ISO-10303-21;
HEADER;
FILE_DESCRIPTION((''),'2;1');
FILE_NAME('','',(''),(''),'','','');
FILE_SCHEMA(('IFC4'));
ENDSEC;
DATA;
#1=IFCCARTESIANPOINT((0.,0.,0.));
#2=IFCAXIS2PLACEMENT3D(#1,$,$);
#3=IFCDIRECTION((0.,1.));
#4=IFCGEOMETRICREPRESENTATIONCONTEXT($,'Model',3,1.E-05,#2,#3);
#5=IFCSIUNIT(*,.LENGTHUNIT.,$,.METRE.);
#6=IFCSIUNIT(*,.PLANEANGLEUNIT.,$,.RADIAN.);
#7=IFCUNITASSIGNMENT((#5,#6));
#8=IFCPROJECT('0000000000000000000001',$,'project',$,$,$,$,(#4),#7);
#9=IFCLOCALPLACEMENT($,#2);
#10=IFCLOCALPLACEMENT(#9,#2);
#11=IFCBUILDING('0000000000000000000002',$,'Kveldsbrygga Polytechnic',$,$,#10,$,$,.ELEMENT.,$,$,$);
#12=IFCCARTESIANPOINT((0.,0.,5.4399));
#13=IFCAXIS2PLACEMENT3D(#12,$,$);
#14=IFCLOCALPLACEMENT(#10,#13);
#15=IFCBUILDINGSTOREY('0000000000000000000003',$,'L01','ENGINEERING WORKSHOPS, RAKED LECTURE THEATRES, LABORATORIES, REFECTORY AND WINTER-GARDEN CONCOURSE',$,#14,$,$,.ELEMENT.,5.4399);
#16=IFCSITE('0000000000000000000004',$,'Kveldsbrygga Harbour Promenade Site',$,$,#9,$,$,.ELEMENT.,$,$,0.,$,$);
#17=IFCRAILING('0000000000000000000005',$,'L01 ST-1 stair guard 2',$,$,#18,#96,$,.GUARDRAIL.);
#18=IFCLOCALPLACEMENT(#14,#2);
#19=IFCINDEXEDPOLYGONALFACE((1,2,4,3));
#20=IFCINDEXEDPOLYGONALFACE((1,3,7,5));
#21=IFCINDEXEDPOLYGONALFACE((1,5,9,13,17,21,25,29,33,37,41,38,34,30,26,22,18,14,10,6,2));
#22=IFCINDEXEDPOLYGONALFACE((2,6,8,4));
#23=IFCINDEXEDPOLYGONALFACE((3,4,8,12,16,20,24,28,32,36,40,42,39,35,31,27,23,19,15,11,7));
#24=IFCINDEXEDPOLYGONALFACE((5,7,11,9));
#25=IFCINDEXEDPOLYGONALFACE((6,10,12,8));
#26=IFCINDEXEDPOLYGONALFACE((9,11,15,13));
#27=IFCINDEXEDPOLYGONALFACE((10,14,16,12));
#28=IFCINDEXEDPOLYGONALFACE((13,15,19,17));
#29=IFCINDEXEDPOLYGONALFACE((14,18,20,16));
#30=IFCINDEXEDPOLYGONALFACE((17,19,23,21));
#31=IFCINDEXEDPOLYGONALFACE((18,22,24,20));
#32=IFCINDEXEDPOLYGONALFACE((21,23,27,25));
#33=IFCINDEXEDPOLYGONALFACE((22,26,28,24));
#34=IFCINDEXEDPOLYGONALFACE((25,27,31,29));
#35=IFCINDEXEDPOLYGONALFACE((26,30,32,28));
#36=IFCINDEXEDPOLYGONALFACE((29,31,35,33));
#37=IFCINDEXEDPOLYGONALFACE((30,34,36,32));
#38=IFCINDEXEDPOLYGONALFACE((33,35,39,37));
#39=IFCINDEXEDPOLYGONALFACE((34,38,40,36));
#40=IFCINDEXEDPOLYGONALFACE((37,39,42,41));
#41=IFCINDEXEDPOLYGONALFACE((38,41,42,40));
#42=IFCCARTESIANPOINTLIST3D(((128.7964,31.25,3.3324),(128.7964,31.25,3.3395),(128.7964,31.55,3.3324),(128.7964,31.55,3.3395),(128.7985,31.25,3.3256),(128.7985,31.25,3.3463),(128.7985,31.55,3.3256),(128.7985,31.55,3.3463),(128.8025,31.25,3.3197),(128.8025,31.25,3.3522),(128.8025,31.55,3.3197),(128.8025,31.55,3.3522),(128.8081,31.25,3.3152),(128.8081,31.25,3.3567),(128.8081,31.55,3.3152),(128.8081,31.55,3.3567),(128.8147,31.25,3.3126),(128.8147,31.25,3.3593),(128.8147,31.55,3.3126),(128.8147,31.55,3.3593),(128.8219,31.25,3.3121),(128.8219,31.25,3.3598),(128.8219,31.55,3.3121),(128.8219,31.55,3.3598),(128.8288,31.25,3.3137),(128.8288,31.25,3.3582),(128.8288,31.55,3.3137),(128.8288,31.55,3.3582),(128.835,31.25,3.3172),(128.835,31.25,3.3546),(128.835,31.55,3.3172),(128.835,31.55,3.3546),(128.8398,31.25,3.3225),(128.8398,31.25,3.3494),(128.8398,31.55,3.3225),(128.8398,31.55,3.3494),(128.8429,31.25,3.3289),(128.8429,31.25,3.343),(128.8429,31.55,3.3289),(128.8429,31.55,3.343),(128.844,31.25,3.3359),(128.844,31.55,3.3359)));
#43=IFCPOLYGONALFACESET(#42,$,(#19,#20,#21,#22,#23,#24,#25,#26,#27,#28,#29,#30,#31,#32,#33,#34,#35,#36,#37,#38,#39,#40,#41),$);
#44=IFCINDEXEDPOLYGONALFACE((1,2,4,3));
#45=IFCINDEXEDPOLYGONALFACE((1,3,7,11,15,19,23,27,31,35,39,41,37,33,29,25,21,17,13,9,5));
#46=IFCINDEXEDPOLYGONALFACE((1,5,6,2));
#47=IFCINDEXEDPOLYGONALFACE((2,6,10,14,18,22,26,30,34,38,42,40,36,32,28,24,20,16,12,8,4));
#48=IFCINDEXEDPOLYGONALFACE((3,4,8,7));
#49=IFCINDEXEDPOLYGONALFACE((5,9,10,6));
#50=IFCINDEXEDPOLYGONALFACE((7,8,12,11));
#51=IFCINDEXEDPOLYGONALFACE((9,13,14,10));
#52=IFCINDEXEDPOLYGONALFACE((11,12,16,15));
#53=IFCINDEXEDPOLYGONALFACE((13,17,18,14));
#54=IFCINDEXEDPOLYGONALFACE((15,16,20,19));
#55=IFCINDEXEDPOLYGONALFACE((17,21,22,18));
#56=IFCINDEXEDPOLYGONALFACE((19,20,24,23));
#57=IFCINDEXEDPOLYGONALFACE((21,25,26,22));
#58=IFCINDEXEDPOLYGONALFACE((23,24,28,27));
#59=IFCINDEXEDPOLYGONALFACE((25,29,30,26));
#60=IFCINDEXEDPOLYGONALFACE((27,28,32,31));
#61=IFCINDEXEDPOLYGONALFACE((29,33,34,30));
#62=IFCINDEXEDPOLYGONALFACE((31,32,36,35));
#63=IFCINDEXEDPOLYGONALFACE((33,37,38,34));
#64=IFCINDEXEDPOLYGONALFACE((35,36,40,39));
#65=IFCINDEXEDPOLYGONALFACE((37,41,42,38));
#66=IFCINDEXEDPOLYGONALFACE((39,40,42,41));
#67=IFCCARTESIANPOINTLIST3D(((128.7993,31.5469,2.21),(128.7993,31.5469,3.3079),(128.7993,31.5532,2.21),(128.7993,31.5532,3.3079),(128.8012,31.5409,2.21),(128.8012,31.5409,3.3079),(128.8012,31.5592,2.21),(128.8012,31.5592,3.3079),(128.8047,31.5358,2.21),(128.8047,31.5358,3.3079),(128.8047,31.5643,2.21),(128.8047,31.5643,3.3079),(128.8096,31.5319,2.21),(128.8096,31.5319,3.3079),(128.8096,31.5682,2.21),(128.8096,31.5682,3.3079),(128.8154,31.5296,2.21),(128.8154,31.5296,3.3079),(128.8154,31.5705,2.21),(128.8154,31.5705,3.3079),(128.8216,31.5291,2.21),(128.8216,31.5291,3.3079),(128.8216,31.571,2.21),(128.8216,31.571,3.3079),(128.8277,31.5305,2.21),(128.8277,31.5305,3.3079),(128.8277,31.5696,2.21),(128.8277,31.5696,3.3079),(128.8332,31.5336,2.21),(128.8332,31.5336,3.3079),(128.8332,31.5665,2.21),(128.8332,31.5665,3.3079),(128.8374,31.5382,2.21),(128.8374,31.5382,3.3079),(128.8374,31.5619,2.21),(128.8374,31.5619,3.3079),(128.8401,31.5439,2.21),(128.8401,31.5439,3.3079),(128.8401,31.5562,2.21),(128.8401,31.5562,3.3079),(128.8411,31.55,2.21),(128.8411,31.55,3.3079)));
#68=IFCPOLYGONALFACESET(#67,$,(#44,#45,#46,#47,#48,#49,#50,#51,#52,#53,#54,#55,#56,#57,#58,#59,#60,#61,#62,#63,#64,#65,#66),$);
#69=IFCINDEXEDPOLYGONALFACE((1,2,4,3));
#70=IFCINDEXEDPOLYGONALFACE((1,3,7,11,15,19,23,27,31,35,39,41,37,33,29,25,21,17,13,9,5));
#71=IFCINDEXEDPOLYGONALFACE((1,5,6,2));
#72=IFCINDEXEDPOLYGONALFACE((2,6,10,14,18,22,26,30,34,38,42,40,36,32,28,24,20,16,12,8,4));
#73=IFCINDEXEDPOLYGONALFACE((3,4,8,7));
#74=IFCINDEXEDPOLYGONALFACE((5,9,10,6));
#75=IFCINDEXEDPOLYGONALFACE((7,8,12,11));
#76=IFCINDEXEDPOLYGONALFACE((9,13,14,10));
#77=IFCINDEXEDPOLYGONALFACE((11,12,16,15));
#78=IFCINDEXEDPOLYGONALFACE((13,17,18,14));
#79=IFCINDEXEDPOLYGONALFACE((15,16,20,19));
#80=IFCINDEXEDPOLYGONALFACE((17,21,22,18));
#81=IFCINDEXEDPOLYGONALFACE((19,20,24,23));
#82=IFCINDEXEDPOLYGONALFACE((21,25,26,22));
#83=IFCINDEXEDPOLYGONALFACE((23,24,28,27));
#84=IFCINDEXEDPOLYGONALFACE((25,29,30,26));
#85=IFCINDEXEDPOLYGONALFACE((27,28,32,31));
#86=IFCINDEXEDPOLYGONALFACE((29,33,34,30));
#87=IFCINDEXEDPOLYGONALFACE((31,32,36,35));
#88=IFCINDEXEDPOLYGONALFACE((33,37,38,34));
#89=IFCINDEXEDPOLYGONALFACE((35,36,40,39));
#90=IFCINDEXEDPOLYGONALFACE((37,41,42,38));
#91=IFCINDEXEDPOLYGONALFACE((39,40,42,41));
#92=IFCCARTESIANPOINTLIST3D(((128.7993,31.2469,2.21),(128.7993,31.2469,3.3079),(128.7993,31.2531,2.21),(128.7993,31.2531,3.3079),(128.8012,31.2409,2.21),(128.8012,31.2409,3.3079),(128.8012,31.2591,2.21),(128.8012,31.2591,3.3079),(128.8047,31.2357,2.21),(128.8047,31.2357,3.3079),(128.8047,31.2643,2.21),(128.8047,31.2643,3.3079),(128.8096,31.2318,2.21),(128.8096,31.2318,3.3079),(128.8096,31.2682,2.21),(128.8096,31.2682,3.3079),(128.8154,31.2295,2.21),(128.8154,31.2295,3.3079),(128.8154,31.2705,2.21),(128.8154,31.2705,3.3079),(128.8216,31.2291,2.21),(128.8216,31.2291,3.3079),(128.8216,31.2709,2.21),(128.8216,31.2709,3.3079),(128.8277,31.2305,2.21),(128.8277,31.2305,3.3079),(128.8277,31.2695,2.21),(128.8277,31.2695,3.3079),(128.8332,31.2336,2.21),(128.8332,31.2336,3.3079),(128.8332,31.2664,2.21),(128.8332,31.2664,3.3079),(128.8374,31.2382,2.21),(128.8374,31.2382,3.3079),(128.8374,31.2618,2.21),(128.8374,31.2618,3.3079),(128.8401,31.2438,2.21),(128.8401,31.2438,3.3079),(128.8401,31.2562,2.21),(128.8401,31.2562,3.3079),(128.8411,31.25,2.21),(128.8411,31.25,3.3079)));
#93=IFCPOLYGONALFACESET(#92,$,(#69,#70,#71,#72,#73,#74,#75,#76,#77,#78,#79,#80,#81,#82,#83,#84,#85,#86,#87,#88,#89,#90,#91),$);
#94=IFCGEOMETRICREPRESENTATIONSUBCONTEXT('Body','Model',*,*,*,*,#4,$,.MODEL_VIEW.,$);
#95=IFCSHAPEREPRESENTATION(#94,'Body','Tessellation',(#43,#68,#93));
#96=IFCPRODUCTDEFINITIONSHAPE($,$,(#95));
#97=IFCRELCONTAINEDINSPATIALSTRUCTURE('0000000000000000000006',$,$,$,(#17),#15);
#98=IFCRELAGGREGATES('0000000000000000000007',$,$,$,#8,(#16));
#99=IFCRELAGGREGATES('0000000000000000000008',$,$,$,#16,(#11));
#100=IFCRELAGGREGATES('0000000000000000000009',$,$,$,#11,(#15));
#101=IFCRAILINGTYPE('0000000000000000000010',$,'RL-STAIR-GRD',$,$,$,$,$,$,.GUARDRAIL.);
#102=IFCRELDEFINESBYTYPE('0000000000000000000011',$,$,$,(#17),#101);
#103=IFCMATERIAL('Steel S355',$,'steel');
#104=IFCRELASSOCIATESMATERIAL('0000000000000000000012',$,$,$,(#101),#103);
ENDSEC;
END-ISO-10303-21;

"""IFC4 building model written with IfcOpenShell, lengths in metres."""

from ifc_helpers import new_model, si_unit, direction, frame, origin, origin_2d, place, context, subcontext, project, spatial, circle, extrude, material, type_object, element, save


model = new_model("IFC4")

# Units and contexts
model_context = context("Model", 3, precision=1e-05, world=origin(), true_north=direction((0.0, 1.0)))
body_context = subcontext(model_context, "Body", "Model", "MODEL_VIEW")
ifc_project = project(units=[si_unit("LENGTHUNIT", "METRE"), si_unit("PLANEANGLEUNIT", "RADIAN")], contexts=[model_context])

# Site, building, storey
site_placement = place(None, origin())
site = spatial("IfcSite", under=ifc_project, at=site_placement, Name="Kveldsbrygga Harbour Promenade Site", CompositionType="ELEMENT", RefElevation=0.0)
building_placement = place(site_placement, origin())
building = spatial("IfcBuilding", under=site, at=building_placement, Name="Kveldsbrygga Polytechnic", CompositionType="ELEMENT")
storey_placement = place(building_placement, frame((0.0, 0.0, 5.4399)))
storey = spatial("IfcBuildingStorey", under=building, at=storey_placement, Name="L01", Description="ENGINEERING WORKSHOPS, RAKED LECTURE THEATRES, LABORATORIES, REFECTORY AND WINTER-GARDEN CONCOURSE", CompositionType="ELEMENT", Elevation=5.4399)

# Railing
ifc_material_1 = material(Name="Steel S355", Category="steel")
railing_type_1 = type_object("IfcRailingType", Name="RL-STAIR-GRD", PredefinedType="GUARDRAIL", material=ifc_material_1)
railing_1_placement = place(storey_placement, frame((128.8201, 31.55, 2.21)))
element("IfcRailing", 1, at=railing_1_placement, inside=storey, type_object=railing_type_1, Name="L01 ST-1 stair guard 2", PredefinedType="GUARDRAIL", context=body_context, shape_type="SweptSolid", body=[
    extrude(circle(Radius=0.0239, at=origin_2d()), frame((0.0, 0.0, 1.126), z_axis=(0.0, -1.0, 0.0), x_axis=(1.0, 0.0, 0.0)), (0.0, 0.0, 1.0), 0.3),
    extrude(circle(Radius=0.021, at=origin_2d()), origin(), (0.0, 0.0, 1.0), 1.0979),
    extrude(circle(Radius=0.021, at=origin_2d()), frame((0.0, -0.3, 0.0)), (0.0, 0.0, 1.0), 1.0979),
])

save(model, "model.ifc")
